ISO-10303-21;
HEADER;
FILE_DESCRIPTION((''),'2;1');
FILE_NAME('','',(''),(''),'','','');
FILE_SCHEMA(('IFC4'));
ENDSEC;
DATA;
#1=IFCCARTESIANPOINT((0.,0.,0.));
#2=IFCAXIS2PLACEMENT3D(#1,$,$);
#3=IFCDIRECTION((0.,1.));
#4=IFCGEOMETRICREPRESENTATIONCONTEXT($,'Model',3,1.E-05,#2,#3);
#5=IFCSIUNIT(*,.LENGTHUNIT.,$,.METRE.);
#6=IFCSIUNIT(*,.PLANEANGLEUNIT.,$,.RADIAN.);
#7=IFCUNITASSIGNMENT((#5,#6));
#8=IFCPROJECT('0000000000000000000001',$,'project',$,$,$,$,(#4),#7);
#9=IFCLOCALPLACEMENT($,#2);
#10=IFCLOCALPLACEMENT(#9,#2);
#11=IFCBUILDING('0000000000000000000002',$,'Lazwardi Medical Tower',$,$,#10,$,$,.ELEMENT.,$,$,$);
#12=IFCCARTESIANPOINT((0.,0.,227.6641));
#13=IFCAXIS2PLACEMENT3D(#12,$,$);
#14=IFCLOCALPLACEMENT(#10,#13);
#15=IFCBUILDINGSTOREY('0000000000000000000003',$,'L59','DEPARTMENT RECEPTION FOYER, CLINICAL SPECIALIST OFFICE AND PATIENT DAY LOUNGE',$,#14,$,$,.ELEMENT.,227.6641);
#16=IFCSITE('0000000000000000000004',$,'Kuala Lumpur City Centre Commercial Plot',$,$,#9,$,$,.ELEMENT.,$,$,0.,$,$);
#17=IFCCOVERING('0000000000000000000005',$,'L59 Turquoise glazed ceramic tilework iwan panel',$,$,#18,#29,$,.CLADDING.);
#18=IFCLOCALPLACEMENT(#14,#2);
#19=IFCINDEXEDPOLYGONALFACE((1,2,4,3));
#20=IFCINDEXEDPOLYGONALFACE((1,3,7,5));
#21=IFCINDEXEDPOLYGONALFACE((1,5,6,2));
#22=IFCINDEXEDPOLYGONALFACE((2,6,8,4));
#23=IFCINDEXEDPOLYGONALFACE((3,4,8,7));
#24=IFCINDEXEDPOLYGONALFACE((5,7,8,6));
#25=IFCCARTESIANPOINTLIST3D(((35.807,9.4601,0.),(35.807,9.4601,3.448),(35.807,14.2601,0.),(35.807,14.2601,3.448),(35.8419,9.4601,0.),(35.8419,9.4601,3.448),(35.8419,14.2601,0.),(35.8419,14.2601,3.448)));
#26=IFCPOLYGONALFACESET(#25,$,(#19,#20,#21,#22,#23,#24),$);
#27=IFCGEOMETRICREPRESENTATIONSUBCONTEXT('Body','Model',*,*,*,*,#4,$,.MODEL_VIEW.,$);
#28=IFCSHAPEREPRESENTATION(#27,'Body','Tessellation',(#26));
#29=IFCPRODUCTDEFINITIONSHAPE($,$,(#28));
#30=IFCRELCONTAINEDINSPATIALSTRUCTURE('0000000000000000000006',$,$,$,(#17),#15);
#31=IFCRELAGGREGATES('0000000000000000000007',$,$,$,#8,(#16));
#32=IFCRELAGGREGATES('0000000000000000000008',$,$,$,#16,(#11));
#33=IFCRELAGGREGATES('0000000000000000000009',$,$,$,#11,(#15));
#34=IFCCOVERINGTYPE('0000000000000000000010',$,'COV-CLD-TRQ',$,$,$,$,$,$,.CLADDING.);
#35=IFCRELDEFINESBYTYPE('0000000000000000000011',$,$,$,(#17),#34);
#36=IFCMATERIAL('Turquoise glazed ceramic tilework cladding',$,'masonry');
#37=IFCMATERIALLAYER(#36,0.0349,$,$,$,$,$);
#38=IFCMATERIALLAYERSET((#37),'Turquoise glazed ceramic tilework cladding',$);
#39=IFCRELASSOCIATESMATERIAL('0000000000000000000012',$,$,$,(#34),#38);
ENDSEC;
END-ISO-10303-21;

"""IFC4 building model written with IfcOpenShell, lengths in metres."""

from ifc_helpers import new_model, si_unit, direction, frame, origin, origin_2d, place, context, subcontext, project, spatial, rectangle, extrude, material, layer, layer_set, type_object, element, save


model = new_model("IFC4")

# Units and contexts
model_context = context("Model", 3, precision=1e-05, world=origin(), true_north=direction((0.0, 1.0)))
body_context = subcontext(model_context, "Body", "Model", "MODEL_VIEW")
ifc_project = project(units=[si_unit("LENGTHUNIT", "METRE"), si_unit("PLANEANGLEUNIT", "RADIAN")], contexts=[model_context])

# Site, building, storey
site_placement = place(None, origin())
site = spatial("IfcSite", under=ifc_project, at=site_placement, Name="Kuala Lumpur City Centre Commercial Plot", CompositionType="ELEMENT", RefElevation=0.0)
building_placement = place(site_placement, origin())
building = spatial("IfcBuilding", under=site, at=building_placement, Name="Lazwardi Medical Tower", CompositionType="ELEMENT")
storey_placement = place(building_placement, frame((0.0, 0.0, 227.6641)))
storey = spatial("IfcBuildingStorey", under=building, at=storey_placement, Name="L59", Description="DEPARTMENT RECEPTION FOYER, CLINICAL SPECIALIST OFFICE AND PATIENT DAY LOUNGE", CompositionType="ELEMENT", Elevation=227.6641)

# Covering
ifc_material_1 = material(Name="Turquoise glazed ceramic tilework cladding", Category="masonry")
ifc_layer_1 = layer(ifc_material_1, 0.0349)
ifc_layer_set_1 = layer_set([ifc_layer_1], Name="Turquoise glazed ceramic tilework cladding")
covering_type_1 = type_object("IfcCoveringType", Name="COV-CLD-TRQ", PredefinedType="CLADDING", material=ifc_layer_set_1)
covering_1_placement = place(storey_placement, frame((35.8245, 11.8601, 0.0), z_axis=(0.0, 0.0, 1.0), x_axis=(0.0, 1.0, 0.0)))
element("IfcCovering", 1, at=covering_1_placement, inside=storey, type_object=covering_type_1, Name="L59 Turquoise glazed ceramic tilework iwan panel", PredefinedType="CLADDING", context=body_context, shape_type="SweptSolid", body=[
    extrude(rectangle(XDim=4.8, YDim=0.0349, at=origin_2d()), origin(), (0.0, 0.0, 1.0), 3.448),
])

save(model, "model.ifc")
